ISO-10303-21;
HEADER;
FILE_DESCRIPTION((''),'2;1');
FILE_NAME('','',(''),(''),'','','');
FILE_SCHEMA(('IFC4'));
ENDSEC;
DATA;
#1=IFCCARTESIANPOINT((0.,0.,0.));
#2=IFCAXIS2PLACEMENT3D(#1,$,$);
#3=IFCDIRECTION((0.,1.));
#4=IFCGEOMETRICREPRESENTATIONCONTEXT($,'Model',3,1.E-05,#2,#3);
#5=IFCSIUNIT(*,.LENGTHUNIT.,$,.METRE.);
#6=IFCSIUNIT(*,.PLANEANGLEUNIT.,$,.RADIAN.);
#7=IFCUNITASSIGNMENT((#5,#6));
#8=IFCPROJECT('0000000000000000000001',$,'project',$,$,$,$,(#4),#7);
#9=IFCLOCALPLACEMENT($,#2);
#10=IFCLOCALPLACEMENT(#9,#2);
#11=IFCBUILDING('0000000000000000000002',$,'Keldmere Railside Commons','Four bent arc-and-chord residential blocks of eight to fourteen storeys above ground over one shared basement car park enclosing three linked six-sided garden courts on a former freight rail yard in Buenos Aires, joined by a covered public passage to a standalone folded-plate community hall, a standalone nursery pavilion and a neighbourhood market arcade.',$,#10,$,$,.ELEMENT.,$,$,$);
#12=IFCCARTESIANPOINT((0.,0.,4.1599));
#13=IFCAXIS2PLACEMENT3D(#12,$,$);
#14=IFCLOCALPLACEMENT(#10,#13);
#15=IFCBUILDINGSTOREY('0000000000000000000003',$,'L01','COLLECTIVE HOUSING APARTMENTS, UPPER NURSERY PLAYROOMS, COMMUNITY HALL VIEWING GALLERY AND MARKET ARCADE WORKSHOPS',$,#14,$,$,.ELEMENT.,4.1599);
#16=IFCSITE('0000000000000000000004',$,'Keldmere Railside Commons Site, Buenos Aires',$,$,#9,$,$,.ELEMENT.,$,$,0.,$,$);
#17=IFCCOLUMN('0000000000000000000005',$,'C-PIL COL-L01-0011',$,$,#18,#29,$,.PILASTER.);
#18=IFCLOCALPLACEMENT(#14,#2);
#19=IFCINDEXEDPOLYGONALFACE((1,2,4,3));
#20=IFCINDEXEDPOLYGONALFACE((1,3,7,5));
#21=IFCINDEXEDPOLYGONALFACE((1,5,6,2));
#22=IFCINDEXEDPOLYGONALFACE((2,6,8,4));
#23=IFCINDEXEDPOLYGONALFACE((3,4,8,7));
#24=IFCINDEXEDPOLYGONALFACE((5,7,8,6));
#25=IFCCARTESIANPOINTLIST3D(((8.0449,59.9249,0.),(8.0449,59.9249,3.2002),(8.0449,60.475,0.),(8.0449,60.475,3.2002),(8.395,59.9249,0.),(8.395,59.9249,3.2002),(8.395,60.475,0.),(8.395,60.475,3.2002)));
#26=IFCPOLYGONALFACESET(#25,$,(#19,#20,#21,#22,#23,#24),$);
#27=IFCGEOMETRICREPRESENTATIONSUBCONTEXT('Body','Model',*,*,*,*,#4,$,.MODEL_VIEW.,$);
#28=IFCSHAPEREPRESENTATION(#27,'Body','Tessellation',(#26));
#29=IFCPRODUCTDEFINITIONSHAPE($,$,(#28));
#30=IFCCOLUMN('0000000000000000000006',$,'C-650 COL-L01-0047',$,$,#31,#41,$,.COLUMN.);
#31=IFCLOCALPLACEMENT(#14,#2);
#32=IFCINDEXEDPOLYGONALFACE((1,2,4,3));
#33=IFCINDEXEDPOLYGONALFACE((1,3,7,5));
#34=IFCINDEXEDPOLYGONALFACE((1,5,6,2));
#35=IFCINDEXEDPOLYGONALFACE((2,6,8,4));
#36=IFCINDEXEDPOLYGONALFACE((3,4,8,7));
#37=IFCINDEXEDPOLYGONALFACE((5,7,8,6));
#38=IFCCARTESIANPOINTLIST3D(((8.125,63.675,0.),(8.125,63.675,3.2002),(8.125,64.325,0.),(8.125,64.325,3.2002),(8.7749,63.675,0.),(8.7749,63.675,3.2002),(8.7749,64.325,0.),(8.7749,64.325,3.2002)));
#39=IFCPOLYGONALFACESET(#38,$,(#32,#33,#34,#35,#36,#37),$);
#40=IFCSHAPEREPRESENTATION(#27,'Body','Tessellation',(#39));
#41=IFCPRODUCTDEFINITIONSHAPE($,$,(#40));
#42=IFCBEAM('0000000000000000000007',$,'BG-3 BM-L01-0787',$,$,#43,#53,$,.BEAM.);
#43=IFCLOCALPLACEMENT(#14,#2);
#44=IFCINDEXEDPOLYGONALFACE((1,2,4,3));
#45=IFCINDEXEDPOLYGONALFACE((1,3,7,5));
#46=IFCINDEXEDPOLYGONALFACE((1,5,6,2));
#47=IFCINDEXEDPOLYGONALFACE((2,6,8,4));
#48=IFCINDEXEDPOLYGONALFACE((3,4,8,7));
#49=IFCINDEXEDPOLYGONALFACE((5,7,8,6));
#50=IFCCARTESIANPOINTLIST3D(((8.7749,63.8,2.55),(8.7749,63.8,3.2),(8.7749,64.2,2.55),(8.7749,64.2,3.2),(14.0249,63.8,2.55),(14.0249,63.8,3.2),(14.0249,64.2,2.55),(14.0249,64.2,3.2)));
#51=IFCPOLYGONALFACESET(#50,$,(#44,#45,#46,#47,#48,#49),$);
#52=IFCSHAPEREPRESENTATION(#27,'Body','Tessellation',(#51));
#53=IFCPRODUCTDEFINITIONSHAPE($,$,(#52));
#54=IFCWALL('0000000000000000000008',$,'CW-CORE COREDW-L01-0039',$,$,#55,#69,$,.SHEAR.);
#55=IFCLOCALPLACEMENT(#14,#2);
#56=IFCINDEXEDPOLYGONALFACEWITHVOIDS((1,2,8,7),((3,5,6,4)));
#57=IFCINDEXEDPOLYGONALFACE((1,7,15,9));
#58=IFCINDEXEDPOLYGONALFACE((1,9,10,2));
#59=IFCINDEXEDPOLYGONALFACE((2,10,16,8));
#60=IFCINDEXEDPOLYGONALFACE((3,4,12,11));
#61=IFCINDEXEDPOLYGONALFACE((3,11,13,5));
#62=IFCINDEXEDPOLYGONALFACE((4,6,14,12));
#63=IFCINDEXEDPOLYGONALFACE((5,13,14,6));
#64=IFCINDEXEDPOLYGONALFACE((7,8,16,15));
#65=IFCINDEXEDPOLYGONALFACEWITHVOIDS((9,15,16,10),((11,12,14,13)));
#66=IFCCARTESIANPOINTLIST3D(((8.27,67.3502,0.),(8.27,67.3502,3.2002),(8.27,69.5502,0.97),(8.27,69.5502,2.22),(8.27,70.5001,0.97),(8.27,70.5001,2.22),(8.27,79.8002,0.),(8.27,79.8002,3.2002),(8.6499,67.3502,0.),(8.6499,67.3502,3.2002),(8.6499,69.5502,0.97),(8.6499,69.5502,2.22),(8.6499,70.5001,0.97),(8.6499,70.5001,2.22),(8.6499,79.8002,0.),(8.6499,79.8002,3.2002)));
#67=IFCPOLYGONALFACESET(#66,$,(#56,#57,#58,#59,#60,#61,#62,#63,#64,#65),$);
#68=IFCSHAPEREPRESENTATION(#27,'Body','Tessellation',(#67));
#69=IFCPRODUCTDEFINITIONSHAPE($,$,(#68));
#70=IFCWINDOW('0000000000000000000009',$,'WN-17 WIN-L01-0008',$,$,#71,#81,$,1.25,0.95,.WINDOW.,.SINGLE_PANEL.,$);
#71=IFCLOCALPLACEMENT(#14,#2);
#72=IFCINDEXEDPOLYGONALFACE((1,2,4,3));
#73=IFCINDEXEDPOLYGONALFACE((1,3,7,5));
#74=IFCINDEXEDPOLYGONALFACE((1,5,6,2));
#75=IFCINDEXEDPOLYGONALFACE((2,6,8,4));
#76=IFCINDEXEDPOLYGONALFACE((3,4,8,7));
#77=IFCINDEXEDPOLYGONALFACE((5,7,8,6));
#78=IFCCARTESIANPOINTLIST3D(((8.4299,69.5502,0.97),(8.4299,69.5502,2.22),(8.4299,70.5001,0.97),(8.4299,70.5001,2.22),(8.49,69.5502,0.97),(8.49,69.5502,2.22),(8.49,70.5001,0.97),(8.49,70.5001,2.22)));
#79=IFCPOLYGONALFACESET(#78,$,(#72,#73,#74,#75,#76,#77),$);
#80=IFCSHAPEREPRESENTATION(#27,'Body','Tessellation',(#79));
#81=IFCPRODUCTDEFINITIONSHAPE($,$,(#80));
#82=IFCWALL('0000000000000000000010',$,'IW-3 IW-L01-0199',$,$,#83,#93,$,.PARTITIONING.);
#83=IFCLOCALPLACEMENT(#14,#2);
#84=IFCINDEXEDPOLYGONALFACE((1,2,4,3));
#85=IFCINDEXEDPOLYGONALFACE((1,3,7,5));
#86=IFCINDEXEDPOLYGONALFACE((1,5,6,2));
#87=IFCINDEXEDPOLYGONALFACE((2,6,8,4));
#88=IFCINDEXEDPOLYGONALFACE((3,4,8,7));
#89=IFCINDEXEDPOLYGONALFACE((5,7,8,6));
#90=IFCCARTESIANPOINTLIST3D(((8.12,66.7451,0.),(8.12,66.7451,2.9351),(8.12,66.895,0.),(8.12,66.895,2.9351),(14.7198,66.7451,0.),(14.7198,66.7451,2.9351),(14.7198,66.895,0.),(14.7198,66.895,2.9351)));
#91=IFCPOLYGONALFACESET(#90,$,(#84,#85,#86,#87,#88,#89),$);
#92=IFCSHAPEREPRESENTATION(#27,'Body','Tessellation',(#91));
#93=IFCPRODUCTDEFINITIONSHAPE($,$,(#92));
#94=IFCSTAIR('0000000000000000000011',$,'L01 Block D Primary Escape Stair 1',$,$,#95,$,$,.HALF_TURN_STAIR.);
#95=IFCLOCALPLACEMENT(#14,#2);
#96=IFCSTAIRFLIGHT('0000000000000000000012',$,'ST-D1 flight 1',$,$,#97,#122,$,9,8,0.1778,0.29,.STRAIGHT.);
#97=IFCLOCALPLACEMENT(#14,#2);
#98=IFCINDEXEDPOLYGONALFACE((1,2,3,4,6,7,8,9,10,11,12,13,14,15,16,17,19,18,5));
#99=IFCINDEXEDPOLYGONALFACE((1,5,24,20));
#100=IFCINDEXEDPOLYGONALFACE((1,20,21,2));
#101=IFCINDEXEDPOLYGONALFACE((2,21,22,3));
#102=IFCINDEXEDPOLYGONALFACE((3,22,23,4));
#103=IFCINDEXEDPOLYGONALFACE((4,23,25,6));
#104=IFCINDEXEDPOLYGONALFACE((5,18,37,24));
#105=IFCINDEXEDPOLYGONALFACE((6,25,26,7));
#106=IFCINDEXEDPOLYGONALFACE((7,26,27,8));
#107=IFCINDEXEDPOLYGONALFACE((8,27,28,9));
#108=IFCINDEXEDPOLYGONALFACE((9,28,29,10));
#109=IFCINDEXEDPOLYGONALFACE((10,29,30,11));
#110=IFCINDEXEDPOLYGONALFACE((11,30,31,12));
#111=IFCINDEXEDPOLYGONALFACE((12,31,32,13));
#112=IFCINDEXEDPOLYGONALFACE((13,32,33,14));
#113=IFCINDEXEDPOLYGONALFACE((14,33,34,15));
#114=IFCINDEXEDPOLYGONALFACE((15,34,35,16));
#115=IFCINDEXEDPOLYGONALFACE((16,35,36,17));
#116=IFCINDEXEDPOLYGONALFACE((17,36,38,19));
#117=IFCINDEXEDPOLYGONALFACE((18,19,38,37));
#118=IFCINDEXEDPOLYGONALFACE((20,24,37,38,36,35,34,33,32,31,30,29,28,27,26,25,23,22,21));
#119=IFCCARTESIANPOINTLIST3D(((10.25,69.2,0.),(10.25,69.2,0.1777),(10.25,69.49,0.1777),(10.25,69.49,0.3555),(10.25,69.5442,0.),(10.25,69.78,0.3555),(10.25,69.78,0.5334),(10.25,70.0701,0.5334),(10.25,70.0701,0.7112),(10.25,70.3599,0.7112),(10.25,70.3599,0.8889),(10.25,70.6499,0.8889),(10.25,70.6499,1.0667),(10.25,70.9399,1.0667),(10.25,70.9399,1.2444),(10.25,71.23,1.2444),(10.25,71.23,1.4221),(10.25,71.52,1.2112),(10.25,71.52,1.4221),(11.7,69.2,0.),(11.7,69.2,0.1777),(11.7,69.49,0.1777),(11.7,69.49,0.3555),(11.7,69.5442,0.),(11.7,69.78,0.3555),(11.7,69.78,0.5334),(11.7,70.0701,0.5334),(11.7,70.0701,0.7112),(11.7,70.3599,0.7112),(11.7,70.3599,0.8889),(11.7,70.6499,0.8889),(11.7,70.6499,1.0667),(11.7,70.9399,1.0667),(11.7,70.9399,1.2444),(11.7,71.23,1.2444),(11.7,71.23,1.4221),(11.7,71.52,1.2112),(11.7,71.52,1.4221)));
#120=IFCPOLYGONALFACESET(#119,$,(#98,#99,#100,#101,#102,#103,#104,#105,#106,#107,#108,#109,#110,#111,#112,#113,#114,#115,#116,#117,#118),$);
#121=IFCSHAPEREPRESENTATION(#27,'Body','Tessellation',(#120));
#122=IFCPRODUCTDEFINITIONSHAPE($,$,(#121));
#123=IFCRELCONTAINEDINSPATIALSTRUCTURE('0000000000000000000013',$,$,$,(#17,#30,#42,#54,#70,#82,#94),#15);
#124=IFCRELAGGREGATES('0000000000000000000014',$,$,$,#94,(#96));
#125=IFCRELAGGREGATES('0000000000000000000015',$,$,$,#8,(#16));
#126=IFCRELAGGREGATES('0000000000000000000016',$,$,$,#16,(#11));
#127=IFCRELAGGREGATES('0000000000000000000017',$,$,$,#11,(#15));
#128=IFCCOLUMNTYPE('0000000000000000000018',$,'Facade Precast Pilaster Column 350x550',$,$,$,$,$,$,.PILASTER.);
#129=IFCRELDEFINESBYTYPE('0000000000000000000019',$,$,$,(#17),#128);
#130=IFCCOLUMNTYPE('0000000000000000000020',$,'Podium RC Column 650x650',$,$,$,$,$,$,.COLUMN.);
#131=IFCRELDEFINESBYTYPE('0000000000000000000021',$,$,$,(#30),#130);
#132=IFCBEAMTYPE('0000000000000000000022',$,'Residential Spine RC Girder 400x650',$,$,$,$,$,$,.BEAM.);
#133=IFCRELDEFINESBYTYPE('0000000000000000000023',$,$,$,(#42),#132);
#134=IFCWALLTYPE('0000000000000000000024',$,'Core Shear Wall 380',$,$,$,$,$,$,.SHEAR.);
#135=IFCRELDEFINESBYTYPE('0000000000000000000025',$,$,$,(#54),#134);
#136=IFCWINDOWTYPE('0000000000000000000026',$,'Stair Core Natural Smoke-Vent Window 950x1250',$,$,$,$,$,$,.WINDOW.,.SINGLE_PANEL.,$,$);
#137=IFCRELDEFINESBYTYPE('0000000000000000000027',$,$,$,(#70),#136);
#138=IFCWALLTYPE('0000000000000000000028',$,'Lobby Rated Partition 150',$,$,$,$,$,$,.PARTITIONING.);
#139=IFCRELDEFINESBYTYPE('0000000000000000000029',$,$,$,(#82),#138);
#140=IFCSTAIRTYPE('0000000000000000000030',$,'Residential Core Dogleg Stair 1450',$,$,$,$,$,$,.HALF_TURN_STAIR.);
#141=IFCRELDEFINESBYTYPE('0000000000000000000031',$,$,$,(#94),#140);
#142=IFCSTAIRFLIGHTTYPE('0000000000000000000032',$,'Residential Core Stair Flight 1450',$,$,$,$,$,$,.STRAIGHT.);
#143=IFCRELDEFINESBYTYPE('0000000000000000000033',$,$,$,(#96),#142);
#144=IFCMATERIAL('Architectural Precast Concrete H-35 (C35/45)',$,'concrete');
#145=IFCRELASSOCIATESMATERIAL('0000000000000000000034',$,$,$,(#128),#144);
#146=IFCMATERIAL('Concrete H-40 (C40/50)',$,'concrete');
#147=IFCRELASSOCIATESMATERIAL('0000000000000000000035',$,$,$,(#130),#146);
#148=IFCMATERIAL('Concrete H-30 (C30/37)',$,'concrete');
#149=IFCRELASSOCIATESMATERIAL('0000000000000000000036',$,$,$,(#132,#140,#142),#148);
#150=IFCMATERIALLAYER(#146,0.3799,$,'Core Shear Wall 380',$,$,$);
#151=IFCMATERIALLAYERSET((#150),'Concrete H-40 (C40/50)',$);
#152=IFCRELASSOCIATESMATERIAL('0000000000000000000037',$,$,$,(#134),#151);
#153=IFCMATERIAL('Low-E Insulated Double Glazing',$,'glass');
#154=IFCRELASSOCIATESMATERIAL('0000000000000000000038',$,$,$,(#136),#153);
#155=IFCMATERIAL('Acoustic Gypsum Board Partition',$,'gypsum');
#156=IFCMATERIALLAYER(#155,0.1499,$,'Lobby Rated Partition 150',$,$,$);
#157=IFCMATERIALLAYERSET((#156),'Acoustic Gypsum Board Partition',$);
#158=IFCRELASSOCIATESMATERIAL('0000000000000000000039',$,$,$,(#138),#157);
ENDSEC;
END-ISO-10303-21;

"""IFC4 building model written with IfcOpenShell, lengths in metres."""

from ifc_helpers import new_model, si_unit, direction, frame, frame_2d, origin, origin_2d, place, context, subcontext, project, spatial, polyline, rectangle, outline, extrude, material, layer, layer_set, material_profile, profile_set, type_object, element, fill, aggregate, save


model = new_model("IFC4")

# Units and contexts
model_context = context("Model", 3, precision=1e-05, world=origin(), true_north=direction((0.0, 1.0)))
body_context = subcontext(model_context, "Body", "Model", "MODEL_VIEW")
ifc_project = project(units=[si_unit("LENGTHUNIT", "METRE"), si_unit("PLANEANGLEUNIT", "RADIAN")], contexts=[model_context])

# Site, building, storey
site_placement = place(None, origin())
site = spatial("IfcSite", under=ifc_project, at=site_placement, Name="Keldmere Railside Commons Site, Buenos Aires", CompositionType="ELEMENT", RefElevation=0.0)
building_placement = place(site_placement, origin())
building = spatial("IfcBuilding", under=site, at=building_placement, Name="Keldmere Railside Commons", Description="Four bent arc-and-chord residential blocks of eight to fourteen storeys above ground over one shared basement car park enclosing three linked six-sided garden courts on a former freight rail yard in Buenos Aires, joined by a covered public passage to a standalone folded-plate community hall, a standalone nursery pavilion and a neighbourhood market arcade.", CompositionType="ELEMENT")
storey_placement = place(building_placement, frame((0.0, 0.0, 4.1599)))
storey = spatial("IfcBuildingStorey", under=building, at=storey_placement, Name="L01", Description="COLLECTIVE HOUSING APARTMENTS, UPPER NURSERY PLAYROOMS, COMMUNITY HALL VIEWING GALLERY AND MARKET ARCADE WORKSHOPS", CompositionType="ELEMENT", Elevation=4.1599)

# Columns
ifc_material_1 = material(Name="Architectural Precast Concrete H-35 (C35/45)", Category="concrete")
ifc_material_profile_1 = material_profile(ifc_material_1, rectangle(XDim=0.3501, YDim=0.55, at=origin_2d()), Name="RC-350x550")
ifc_profile_set_1 = profile_set([ifc_material_profile_1], Name="Architectural Precast Concrete H-35 (C35/45)")
column_type_1 = type_object("IfcColumnType", Name="Facade Precast Pilaster Column 350x550", PredefinedType="PILASTER", material=ifc_profile_set_1)
column_1_placement = place(storey_placement, frame((8.22, 60.2, 0.0), z_axis=(0.0, 0.0, 1.0), x_axis=(1.0, 0.0, 0.0)))
element("IfcColumn", 1, at=column_1_placement, inside=storey, type_object=column_type_1, Name="C-PIL COL-L01-0011", PredefinedType="PILASTER", context=body_context, shape_type="SweptSolid", body=[
    extrude(rectangle(XDim=0.3501, YDim=0.55, at=origin_2d()), origin(), (0.0, 0.0, 1.0), 3.2002),
])
ifc_material_2 = material(Name="Concrete H-40 (C40/50)", Category="concrete")
ifc_material_profile_2 = material_profile(ifc_material_2, rectangle(XDim=0.6499, YDim=0.6499, at=origin_2d()), Name="RC-650x650")
ifc_profile_set_2 = profile_set([ifc_material_profile_2], Name="Concrete H-40 (C40/50)")
column_type_2 = type_object("IfcColumnType", Name="Podium RC Column 650x650", PredefinedType="COLUMN", material=ifc_profile_set_2)
column_2_placement = place(storey_placement, frame((8.45, 64.0, 0.0), z_axis=(0.0, 0.0, 1.0), x_axis=(1.0, 0.0, 0.0)))
element("IfcColumn", 2, at=column_2_placement, inside=storey, type_object=column_type_2, Name="C-650 COL-L01-0047", PredefinedType="COLUMN", context=body_context, shape_type="SweptSolid", body=[
    extrude(rectangle(XDim=0.6499, YDim=0.6499, at=origin_2d()), origin(), (0.0, 0.0, 1.0), 3.2002),
])

# Beam
ifc_material_3 = material(Name="Concrete H-30 (C30/37)", Category="concrete")
ifc_material_profile_3 = material_profile(ifc_material_3, rectangle(XDim=0.3999, YDim=0.6499, at=origin_2d()), Name="RC-400x650")
ifc_profile_set_3 = profile_set([ifc_material_profile_3], Name="Concrete H-30 (C30/37)")
beam_type = type_object("IfcBeamType", Name="Residential Spine RC Girder 400x650", PredefinedType="BEAM", material=ifc_profile_set_3)
beam_placement = place(storey_placement, frame((8.7749, 64.0, 2.875), z_axis=(1.0, 0.0, 0.0), x_axis=(0.0, 1.0, 0.0)))
element("IfcBeam", 3, at=beam_placement, inside=storey, type_object=beam_type, Name="BG-3 BM-L01-0787", PredefinedType="BEAM", context=body_context, shape_type="SweptSolid", body=[
    extrude(rectangle(XDim=0.3999, YDim=0.6499, at=origin_2d()), origin(), (0.0, 0.0, 1.0), 5.25),
])

# Wall, opening, window
ifc_layer_1 = layer(ifc_material_2, 0.3799, Name="Core Shear Wall 380")
ifc_layer_set_1 = layer_set([ifc_layer_1], Name="Concrete H-40 (C40/50)")
wall_type_1 = type_object("IfcWallType", Name="Core Shear Wall 380", PredefinedType="SHEAR", material=ifc_layer_set_1)
wall_1_placement = place(storey_placement, frame((8.46, 67.3501, 0.0), z_axis=(0.0, 0.0, 1.0), x_axis=(0.0, 1.0, 0.0)))
wall_1 = element("IfcWall", 4, at=wall_1_placement, inside=storey, type_object=wall_type_1, Name="CW-CORE COREDW-L01-0039", PredefinedType="SHEAR", context=body_context, shape_type="SweptSolid", body=[
    extrude(rectangle(XDim=12.45, YDim=0.3799, at=frame_2d((6.2251, 0.0))), origin(), (0.0, 0.0, 1.0), 3.2002),
])
opening_placement = place(wall_1_placement, frame((2.2, 0.0, 0.97)))
opening = element("IfcOpeningElement", 5, at=opening_placement, cuts=wall_1, PredefinedType="OPENING", context=body_context, shape_type="SweptSolid", body=[
    extrude(rectangle(XDim=0.95, YDim=1.25, at=frame_2d((0.4751, 0.625))), frame((0.0, 0.2, 0.0), z_axis=(0.0, -1.0, 0.0), x_axis=(1.0, 0.0, 0.0)), (0.0, 0.0, 1.0), 0.3999),
])
ifc_material_4 = material(Name="Low-E Insulated Double Glazing", Category="glass")
window_type = type_object("IfcWindowType", Name="Stair Core Natural Smoke-Vent Window 950x1250", PartitioningType="SINGLE_PANEL", PredefinedType="WINDOW", material=ifc_material_4)
window_placement = place(opening_placement, origin())
window = element("IfcWindow", 6, at=window_placement, inside=storey, type_object=window_type, Name="WN-17 WIN-L01-0008", OverallHeight=1.25, OverallWidth=0.95, PartitioningType="SINGLE_PANEL", PredefinedType="WINDOW", context=body_context, shape_type="SweptSolid", body=[
    extrude(rectangle(XDim=0.95, YDim=1.25, at=frame_2d((0.4751, 0.625))), frame((0.0, 0.03, 0.0), z_axis=(0.0, -1.0, 0.0), x_axis=(1.0, 0.0, 0.0)), (0.0, 0.0, 1.0), 0.0601),
])
fill(opening, window)

# Wall
ifc_material_5 = material(Name="Acoustic Gypsum Board Partition", Category="gypsum")
ifc_layer_2 = layer(ifc_material_5, 0.1499, Name="Lobby Rated Partition 150")
ifc_layer_set_2 = layer_set([ifc_layer_2], Name="Acoustic Gypsum Board Partition")
wall_type_2 = type_object("IfcWallType", Name="Lobby Rated Partition 150", PredefinedType="PARTITIONING", material=ifc_layer_set_2)
wall_2_placement = place(storey_placement, frame((8.1201, 66.8201, 0.0), z_axis=(0.0, 0.0, 1.0), x_axis=(1.0, 0.0, 0.0)))
element("IfcWall", 7, at=wall_2_placement, inside=storey, type_object=wall_type_2, Name="IW-3 IW-L01-0199", PredefinedType="PARTITIONING", context=body_context, shape_type="SweptSolid", body=[
    extrude(rectangle(XDim=6.5999, YDim=0.1499, at=frame_2d((3.2998, 0.0))), origin(), (0.0, 0.0, 1.0), 2.9351),
])

# Stair, stair flight
stair_type = type_object("IfcStairType", Name="Residential Core Dogleg Stair 1450", PredefinedType="HALF_TURN_STAIR", material=ifc_material_3)
stair_placement = place(storey_placement, origin())
stair = element("IfcStair", 8, at=stair_placement, inside=storey, type_object=stair_type, Name="L01 Block D Primary Escape Stair 1", PredefinedType="HALF_TURN_STAIR")
stair_flight_type = type_object("IfcStairFlightType", Name="Residential Core Stair Flight 1450", PredefinedType="STRAIGHT", material=ifc_material_3)
stair_flight_placement = place(storey_placement, frame((10.9751, 69.2, 0.0), z_axis=(0.0, 0.0, 1.0), x_axis=(0.0, 1.0, 0.0)))
stair_flight = element("IfcStairFlight", 9, at=stair_flight_placement, type_object=stair_flight_type, Name="ST-D1 flight 1", NumberOfRisers=9, NumberOfTreads=8, PredefinedType="STRAIGHT", RiserHeight=0.1778, TreadLength=0.29, context=body_context, shape_type="SweptSolid", body=[
    extrude(outline(polyline([(0.0, 0.0), (0.0, 0.1777), (0.29, 0.1777), (0.29, 0.3555), (0.5801, 0.3555), (0.5801, 0.5334), (0.8701, 0.5334), (0.8701, 0.7112), (1.1599, 0.7112), (1.1599, 0.8889), (1.45, 0.8889), (1.45, 1.0667), (1.74, 1.0667), (1.74, 1.2444), (2.03, 1.2444), (2.03, 1.4221), (2.3201, 1.4221), (2.3201, 1.6001), (2.3201, 1.2112), (0.3442, 0.0), (0.0, 0.0)])), frame((0.0, 0.7251, 0.0), z_axis=(0.0, -1.0, 0.0), x_axis=(1.0, 0.0, 0.0)), (0.0, 0.0, 1.0), 1.45),
])
aggregate(stair, [stair_flight])

save(model, "model.ifc")
